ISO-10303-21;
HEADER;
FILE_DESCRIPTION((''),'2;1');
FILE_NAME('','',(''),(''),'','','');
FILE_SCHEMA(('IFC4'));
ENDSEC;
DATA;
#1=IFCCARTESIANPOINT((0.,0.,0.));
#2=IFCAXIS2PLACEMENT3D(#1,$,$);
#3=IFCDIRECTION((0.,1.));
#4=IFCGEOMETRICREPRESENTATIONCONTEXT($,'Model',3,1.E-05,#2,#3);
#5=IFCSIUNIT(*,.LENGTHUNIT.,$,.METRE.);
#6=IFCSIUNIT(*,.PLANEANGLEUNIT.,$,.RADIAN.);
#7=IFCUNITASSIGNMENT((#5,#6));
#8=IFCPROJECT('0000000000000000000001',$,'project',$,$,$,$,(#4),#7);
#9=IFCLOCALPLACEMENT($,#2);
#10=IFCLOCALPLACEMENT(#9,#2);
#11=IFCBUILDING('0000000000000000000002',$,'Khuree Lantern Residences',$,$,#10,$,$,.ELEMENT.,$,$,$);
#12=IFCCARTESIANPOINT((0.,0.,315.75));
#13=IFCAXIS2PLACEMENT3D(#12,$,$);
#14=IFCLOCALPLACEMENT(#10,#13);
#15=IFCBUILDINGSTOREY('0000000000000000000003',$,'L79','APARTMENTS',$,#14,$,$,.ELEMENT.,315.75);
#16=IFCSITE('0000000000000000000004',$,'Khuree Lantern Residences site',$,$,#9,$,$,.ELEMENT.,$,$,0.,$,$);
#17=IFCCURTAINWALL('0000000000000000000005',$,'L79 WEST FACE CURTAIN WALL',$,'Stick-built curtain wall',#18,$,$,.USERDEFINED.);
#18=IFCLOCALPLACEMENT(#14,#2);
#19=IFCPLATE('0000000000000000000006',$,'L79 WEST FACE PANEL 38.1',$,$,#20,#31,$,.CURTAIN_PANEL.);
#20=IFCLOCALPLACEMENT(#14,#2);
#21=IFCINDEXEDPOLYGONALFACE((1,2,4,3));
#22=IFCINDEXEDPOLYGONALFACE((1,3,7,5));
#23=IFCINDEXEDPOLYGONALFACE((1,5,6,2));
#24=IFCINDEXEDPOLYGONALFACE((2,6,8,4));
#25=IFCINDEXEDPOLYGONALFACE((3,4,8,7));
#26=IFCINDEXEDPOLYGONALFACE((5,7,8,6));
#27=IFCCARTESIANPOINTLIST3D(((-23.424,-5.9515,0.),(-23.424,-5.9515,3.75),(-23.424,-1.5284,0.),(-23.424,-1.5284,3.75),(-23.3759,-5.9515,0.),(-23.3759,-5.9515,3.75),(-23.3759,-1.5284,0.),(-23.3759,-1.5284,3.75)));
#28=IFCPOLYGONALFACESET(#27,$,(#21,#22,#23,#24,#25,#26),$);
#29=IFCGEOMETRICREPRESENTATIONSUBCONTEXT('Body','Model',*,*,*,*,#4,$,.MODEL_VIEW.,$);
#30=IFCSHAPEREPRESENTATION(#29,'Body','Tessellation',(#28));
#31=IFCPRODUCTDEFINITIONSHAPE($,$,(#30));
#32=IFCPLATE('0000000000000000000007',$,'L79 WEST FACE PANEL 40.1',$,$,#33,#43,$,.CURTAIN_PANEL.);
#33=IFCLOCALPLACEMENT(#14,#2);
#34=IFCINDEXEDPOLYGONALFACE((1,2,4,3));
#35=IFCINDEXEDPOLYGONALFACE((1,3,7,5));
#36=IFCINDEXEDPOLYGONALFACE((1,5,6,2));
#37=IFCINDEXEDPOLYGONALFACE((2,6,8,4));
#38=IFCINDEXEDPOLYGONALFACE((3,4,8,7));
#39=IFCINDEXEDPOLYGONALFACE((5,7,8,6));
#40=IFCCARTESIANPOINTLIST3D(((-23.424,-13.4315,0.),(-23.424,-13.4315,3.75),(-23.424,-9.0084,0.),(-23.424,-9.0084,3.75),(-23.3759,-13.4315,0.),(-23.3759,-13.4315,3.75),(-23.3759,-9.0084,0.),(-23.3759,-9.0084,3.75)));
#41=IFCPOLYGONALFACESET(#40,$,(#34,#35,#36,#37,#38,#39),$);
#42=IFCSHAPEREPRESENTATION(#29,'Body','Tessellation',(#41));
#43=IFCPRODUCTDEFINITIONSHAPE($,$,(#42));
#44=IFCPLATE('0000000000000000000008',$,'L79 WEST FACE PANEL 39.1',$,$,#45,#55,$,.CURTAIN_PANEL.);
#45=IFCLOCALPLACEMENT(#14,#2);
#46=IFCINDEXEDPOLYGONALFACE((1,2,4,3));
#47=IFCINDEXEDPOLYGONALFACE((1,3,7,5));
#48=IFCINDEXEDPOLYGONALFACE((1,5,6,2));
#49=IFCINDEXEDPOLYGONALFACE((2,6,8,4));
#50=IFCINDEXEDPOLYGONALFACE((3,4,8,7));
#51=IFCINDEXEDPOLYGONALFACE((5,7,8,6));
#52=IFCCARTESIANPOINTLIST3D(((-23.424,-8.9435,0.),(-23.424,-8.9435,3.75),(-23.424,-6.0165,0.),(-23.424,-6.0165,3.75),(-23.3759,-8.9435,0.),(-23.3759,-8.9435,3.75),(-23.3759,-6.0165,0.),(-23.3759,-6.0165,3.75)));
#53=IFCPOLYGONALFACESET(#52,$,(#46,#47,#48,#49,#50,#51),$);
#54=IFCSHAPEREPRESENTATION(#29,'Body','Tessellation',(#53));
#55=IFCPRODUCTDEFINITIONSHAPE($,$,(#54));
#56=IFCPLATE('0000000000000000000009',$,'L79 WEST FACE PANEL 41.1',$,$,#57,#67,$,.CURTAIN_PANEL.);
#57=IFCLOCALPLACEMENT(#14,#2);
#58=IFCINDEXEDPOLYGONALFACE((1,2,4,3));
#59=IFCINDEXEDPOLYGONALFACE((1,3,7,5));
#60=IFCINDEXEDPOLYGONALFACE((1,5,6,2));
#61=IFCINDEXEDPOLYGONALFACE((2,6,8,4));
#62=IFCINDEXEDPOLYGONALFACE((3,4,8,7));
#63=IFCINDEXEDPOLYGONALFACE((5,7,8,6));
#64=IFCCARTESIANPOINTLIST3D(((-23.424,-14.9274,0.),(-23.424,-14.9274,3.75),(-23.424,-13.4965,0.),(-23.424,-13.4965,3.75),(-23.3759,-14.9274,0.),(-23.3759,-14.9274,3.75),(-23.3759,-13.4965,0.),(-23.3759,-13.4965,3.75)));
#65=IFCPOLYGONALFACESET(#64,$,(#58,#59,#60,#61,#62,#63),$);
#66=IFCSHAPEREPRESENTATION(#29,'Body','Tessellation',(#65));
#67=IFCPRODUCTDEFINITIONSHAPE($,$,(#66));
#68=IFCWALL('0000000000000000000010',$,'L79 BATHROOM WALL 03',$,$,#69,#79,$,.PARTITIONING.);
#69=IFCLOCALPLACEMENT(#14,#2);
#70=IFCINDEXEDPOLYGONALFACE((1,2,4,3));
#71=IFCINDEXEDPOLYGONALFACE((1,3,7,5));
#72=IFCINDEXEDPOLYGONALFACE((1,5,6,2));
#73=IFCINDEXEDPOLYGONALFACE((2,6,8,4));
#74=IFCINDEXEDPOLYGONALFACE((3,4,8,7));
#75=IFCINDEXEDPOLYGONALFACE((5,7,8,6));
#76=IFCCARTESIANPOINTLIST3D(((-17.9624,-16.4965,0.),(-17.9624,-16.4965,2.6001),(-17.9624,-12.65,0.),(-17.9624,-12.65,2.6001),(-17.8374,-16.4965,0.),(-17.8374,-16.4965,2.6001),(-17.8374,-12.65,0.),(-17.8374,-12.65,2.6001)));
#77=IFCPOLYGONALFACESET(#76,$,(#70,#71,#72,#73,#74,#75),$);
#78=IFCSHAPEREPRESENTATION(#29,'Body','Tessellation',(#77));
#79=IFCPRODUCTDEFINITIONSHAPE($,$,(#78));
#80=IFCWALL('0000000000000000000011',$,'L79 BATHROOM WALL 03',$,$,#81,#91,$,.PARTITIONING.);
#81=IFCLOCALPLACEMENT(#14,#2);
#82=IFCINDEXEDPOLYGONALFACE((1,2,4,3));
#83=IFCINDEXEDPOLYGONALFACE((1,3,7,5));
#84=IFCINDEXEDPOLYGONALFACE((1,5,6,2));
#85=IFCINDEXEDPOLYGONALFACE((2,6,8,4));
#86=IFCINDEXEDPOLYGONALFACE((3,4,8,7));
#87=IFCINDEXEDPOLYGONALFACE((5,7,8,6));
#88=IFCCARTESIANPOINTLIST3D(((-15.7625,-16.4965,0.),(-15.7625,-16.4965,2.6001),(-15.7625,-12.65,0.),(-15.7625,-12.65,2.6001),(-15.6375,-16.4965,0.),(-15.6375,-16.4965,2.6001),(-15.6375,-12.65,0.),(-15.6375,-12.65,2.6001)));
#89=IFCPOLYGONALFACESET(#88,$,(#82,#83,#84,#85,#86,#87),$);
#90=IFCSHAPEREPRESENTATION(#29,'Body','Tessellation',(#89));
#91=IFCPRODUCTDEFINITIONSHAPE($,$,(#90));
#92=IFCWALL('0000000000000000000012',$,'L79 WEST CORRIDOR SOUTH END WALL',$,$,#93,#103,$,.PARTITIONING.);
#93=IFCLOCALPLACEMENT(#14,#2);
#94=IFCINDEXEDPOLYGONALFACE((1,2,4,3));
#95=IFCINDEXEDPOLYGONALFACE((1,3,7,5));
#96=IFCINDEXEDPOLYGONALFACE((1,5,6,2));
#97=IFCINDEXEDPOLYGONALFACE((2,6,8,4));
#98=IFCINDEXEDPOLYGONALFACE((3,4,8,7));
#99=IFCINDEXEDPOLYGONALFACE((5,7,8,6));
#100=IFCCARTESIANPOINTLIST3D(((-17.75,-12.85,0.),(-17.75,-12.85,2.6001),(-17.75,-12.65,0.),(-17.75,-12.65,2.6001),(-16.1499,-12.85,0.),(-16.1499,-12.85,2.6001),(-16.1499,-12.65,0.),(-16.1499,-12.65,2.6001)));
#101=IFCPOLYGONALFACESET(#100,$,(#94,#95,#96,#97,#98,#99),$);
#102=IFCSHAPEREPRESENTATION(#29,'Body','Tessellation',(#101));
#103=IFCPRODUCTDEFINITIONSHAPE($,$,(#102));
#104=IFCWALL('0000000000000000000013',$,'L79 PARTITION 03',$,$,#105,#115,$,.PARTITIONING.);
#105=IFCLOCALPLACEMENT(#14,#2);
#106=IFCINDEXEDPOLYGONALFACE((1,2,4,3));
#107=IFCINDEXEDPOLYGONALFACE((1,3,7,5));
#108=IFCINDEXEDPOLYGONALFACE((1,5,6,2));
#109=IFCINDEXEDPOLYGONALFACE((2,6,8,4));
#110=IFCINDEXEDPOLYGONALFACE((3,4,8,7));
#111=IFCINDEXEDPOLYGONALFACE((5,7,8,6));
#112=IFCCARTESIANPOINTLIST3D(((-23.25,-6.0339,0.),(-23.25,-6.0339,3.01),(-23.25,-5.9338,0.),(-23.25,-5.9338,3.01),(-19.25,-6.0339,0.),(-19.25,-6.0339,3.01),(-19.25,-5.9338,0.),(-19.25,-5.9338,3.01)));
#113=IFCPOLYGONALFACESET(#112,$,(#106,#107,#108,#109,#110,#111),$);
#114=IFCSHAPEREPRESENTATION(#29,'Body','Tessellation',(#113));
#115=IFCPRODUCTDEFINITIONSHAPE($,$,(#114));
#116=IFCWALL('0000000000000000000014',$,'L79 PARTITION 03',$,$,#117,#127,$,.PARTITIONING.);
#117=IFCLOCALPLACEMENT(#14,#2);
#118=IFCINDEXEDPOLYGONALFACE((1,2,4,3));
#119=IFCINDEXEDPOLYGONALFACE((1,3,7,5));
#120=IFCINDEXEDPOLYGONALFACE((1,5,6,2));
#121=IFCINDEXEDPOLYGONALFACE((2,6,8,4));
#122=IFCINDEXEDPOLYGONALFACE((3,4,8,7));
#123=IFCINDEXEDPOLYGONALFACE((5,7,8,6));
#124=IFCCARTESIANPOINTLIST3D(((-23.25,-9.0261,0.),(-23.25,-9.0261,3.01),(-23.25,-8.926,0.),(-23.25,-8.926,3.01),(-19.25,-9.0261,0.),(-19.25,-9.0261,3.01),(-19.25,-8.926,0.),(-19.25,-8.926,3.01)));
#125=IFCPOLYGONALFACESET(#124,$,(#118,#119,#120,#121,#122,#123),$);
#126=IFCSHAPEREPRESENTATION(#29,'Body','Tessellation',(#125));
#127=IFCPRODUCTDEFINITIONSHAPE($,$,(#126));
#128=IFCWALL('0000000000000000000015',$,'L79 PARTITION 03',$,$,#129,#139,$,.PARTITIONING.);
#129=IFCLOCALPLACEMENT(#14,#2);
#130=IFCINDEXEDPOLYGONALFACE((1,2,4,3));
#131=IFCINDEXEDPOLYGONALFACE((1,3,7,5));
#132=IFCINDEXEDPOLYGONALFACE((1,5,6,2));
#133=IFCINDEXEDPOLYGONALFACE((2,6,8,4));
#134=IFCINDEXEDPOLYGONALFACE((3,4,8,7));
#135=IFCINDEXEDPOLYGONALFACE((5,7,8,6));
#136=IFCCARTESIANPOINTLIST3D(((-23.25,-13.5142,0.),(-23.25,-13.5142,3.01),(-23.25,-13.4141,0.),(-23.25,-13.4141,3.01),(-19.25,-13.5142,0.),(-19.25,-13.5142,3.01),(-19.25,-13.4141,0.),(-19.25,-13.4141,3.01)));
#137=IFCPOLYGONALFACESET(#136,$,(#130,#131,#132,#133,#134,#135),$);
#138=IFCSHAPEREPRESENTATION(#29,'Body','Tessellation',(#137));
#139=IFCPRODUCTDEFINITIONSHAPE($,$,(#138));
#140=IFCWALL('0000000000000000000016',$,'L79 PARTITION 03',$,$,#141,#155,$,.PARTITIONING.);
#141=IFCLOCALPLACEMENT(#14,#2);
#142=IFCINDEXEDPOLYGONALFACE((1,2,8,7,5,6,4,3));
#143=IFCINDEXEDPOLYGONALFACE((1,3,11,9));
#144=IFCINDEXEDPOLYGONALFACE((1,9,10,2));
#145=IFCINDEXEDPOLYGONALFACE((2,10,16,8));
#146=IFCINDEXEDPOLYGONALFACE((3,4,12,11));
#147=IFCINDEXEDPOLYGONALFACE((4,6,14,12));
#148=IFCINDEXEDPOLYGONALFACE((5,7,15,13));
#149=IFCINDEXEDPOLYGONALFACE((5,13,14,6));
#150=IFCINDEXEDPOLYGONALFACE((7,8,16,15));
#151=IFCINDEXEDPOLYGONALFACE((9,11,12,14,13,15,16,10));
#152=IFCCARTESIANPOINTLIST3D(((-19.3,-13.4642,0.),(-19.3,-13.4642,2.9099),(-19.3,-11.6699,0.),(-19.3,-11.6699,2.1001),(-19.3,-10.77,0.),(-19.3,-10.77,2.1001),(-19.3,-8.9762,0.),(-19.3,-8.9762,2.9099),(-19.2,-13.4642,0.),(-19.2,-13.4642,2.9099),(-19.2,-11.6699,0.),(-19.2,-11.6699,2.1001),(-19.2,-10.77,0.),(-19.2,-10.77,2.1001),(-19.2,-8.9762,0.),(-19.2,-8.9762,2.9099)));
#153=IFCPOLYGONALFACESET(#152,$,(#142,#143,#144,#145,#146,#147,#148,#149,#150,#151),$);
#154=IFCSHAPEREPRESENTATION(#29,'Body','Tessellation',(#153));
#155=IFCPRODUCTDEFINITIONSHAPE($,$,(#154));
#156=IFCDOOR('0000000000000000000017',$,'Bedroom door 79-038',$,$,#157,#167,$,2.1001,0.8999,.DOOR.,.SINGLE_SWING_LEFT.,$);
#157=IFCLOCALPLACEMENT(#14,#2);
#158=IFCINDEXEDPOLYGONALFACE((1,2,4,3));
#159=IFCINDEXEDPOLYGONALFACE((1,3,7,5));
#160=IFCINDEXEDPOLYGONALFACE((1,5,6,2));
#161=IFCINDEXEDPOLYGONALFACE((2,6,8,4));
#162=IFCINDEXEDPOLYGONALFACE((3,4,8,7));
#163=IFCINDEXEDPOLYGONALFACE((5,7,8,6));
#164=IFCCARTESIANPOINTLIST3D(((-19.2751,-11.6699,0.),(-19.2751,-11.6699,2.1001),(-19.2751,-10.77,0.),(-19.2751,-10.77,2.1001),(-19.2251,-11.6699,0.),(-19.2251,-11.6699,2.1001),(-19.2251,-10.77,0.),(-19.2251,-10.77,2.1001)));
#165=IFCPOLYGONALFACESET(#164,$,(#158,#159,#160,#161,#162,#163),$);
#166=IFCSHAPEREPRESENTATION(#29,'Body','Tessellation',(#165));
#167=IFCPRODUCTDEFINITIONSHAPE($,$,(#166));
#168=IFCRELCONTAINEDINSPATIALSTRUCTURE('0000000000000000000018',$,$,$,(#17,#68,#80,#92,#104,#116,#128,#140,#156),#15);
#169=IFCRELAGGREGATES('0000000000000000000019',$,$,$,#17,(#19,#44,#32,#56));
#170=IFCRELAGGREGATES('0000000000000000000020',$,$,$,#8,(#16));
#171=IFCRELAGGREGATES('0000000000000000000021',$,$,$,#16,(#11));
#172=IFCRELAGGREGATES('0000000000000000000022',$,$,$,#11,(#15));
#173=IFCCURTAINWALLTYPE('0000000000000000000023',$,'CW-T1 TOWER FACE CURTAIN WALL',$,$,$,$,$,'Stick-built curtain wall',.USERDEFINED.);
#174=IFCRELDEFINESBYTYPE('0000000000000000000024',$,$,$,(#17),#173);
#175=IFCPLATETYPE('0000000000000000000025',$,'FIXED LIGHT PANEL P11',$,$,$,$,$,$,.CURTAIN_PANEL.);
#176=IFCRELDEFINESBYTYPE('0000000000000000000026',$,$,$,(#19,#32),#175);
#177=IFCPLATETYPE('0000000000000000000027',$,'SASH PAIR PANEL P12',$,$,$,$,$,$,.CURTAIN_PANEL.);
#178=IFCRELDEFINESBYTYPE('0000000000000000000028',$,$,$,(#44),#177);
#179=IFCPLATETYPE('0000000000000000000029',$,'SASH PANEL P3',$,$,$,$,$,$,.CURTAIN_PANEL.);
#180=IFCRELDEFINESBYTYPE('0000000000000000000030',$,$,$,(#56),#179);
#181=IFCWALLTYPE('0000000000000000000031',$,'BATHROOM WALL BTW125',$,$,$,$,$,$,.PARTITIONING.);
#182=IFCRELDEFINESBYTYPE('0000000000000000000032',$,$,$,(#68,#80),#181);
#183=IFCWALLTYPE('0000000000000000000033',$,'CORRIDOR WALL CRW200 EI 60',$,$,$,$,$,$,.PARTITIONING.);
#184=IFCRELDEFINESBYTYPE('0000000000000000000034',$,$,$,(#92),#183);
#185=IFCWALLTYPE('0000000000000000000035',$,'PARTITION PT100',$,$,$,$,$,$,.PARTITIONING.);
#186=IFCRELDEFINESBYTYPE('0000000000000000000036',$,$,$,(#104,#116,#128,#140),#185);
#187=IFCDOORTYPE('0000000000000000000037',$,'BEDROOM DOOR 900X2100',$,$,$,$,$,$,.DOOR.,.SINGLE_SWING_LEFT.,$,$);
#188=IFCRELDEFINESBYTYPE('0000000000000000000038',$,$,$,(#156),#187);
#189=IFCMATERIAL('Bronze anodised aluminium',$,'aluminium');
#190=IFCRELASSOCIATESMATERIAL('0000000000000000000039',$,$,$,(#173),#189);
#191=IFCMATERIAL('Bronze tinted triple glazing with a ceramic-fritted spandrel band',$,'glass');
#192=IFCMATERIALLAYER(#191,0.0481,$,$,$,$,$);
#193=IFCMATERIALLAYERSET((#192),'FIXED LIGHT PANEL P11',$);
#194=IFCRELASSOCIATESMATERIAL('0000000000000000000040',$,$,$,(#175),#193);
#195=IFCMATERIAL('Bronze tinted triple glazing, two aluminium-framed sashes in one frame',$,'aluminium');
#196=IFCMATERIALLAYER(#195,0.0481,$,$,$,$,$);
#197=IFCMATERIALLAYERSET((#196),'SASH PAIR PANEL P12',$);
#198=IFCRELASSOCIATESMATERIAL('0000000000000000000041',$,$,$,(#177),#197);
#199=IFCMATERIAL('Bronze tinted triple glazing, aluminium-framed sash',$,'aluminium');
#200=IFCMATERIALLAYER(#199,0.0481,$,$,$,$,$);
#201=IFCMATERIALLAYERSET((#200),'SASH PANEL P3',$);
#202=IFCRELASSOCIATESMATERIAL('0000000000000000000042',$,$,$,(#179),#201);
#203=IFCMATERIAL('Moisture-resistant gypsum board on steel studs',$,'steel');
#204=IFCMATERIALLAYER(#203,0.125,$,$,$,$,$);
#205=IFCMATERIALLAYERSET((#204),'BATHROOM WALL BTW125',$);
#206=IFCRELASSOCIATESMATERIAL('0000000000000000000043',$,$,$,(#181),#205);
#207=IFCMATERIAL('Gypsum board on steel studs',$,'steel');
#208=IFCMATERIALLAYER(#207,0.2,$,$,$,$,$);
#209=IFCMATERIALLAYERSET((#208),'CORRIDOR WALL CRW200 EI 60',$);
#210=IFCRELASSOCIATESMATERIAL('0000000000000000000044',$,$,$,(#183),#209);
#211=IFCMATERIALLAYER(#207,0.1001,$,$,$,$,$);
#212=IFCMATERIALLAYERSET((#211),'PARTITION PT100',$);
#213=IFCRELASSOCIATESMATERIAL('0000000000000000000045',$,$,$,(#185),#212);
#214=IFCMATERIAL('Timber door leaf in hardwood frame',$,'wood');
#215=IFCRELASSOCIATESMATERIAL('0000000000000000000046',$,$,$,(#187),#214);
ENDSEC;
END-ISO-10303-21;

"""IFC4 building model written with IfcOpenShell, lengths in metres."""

from ifc_helpers import new_model, si_unit, direction, frame, frame_2d, origin, origin_2d, place, context, subcontext, project, spatial, rectangle, extrude, material, layer, layer_set, type_object, element, fill, aggregate, save


model = new_model("IFC4")

# Units and contexts
model_context = context("Model", 3, precision=1e-05, world=origin(), true_north=direction((0.0, 1.0)))
body_context = subcontext(model_context, "Body", "Model", "MODEL_VIEW")
ifc_project = project(units=[si_unit("LENGTHUNIT", "METRE"), si_unit("PLANEANGLEUNIT", "RADIAN")], contexts=[model_context])

# Site, building, storey
site_placement = place(None, origin())
site = spatial("IfcSite", under=ifc_project, at=site_placement, Name="Khuree Lantern Residences site", CompositionType="ELEMENT", RefElevation=0.0)
building_placement = place(site_placement, origin())
building = spatial("IfcBuilding", under=site, at=building_placement, Name="Khuree Lantern Residences", CompositionType="ELEMENT")
storey_placement = place(building_placement, frame((0.0, 0.0, 315.75)))
storey = spatial("IfcBuildingStorey", under=building, at=storey_placement, Name="L79", Description="APARTMENTS", CompositionType="ELEMENT", Elevation=315.75)

# Curtain wall
ifc_material_1 = material(Name="Bronze anodised aluminium", Category="aluminium")
curtain_wall_type = type_object("IfcCurtainWallType", Name="CW-T1 TOWER FACE CURTAIN WALL", ElementType="Stick-built curtain wall", PredefinedType="USERDEFINED", material=ifc_material_1)
curtain_wall_placement = place(storey_placement, origin())
curtain_wall = element("IfcCurtainWall", 1, at=curtain_wall_placement, inside=storey, type_object=curtain_wall_type, Name="L79 WEST FACE CURTAIN WALL", ObjectType="Stick-built curtain wall", PredefinedType="USERDEFINED")

# Plates
ifc_material_2 = material(Name="Bronze tinted triple glazing with a ceramic-fritted spandrel band", Category="glass")
ifc_layer_1 = layer(ifc_material_2, 0.0481)
ifc_layer_set_1 = layer_set([ifc_layer_1], Name="FIXED LIGHT PANEL P11")
plate_type_1 = type_object("IfcPlateType", Name="FIXED LIGHT PANEL P11", PredefinedType="CURTAIN_PANEL", material=ifc_layer_set_1)
plate_1_placement = place(storey_placement, frame((-23.3999, -3.74, 0.0), z_axis=(0.0, 0.0, 1.0), x_axis=(0.0, -1.0, 0.0)))
plate_1 = element("IfcPlate", 2, at=plate_1_placement, type_object=plate_type_1, Name="L79 WEST FACE PANEL 38.1", PredefinedType="CURTAIN_PANEL", context=body_context, shape_type="SweptSolid", body=[
    extrude(rectangle(XDim=4.4231, YDim=0.0481, at=origin_2d()), origin(), (0.0, 0.0, 1.0), 3.75),
])
plate_2_placement = place(storey_placement, frame((-23.3999, -11.22, 0.0), z_axis=(0.0, 0.0, 1.0), x_axis=(0.0, -1.0, 0.0)))
plate_2 = element("IfcPlate", 3, at=plate_2_placement, type_object=plate_type_1, Name="L79 WEST FACE PANEL 40.1", PredefinedType="CURTAIN_PANEL", context=body_context, shape_type="SweptSolid", body=[
    extrude(rectangle(XDim=4.4231, YDim=0.0481, at=origin_2d()), origin(), (0.0, 0.0, 1.0), 3.75),
])
ifc_material_3 = material(Name="Bronze tinted triple glazing, two aluminium-framed sashes in one frame", Category="aluminium")
ifc_layer_2 = layer(ifc_material_3, 0.0481)
ifc_layer_set_2 = layer_set([ifc_layer_2], Name="SASH PAIR PANEL P12")
plate_type_2 = type_object("IfcPlateType", Name="SASH PAIR PANEL P12", PredefinedType="CURTAIN_PANEL", material=ifc_layer_set_2)
plate_3_placement = place(storey_placement, frame((-23.3999, -7.48, 0.0), z_axis=(0.0, 0.0, 1.0), x_axis=(0.0, -1.0, 0.0)))
plate_3 = element("IfcPlate", 4, at=plate_3_placement, type_object=plate_type_2, Name="L79 WEST FACE PANEL 39.1", PredefinedType="CURTAIN_PANEL", context=body_context, shape_type="SweptSolid", body=[
    extrude(rectangle(XDim=2.927, YDim=0.0481, at=origin_2d()), origin(), (0.0, 0.0, 1.0), 3.75),
])
ifc_material_4 = material(Name="Bronze tinted triple glazing, aluminium-framed sash", Category="aluminium")
ifc_layer_3 = layer(ifc_material_4, 0.0481)
ifc_layer_set_3 = layer_set([ifc_layer_3], Name="SASH PANEL P3")
plate_type_3 = type_object("IfcPlateType", Name="SASH PANEL P3", PredefinedType="CURTAIN_PANEL", material=ifc_layer_set_3)
plate_4_placement = place(storey_placement, frame((-23.3999, -14.2119, 0.0), z_axis=(0.0, 0.0, 1.0), x_axis=(0.0, -1.0, 0.0)))
plate_4 = element("IfcPlate", 5, at=plate_4_placement, type_object=plate_type_3, Name="L79 WEST FACE PANEL 41.1", PredefinedType="CURTAIN_PANEL", context=body_context, shape_type="SweptSolid", body=[
    extrude(rectangle(XDim=1.4309, YDim=0.0481, at=origin_2d()), origin(), (0.0, 0.0, 1.0), 3.75),
])
aggregate(curtain_wall, [plate_1, plate_3, plate_2, plate_4])

# Walls
ifc_material_5 = material(Name="Moisture-resistant gypsum board on steel studs", Category="steel")
ifc_layer_4 = layer(ifc_material_5, 0.125)
ifc_layer_set_4 = layer_set([ifc_layer_4], Name="BATHROOM WALL BTW125")
wall_type_1 = type_object("IfcWallType", Name="BATHROOM WALL BTW125", PredefinedType="PARTITIONING", material=ifc_layer_set_4)
for number, where, z_axis, x_axis, name in (
    (6, (-17.8999, -12.6499, 0.0), (0.0, 0.0, 1.0), (0.0, -1.0, 0.0), "L79 BATHROOM WALL 03"),
    (7, (-15.7, -12.6499, 0.0), (0.0, 0.0, 1.0), (0.0, -1.0, 0.0), "L79 BATHROOM WALL 03"),
):
    element("IfcWall", number, at=place(storey_placement, frame(where, z_axis=z_axis, x_axis=x_axis)), inside=storey, type_object=wall_type_1, Name=name, PredefinedType="PARTITIONING", context=body_context, shape_type="SweptSolid", body=[
        extrude(rectangle(XDim=3.8464, YDim=0.125, at=frame_2d((1.9233, 0.0))), origin(), (0.0, 0.0, 1.0), 2.6001),
    ])
ifc_material_6 = material(Name="Gypsum board on steel studs", Category="steel")
ifc_layer_5 = layer(ifc_material_6, 0.2)
ifc_layer_set_5 = layer_set([ifc_layer_5], Name="CORRIDOR WALL CRW200 EI 60")
wall_type_2 = type_object("IfcWallType", Name="CORRIDOR WALL CRW200 EI 60", PredefinedType="PARTITIONING", material=ifc_layer_set_5)
wall_1_placement = place(storey_placement, frame((-16.1499, -12.75, 0.0), z_axis=(0.0, 0.0, 1.0), x_axis=(-1.0, 0.0, 0.0)))
element("IfcWall", 8, at=wall_1_placement, inside=storey, type_object=wall_type_2, Name="L79 WEST CORRIDOR SOUTH END WALL", PredefinedType="PARTITIONING", context=body_context, shape_type="SweptSolid", body=[
    extrude(rectangle(XDim=1.6001, YDim=0.2, at=frame_2d((0.8, 0.0))), origin(), (0.0, 0.0, 1.0), 2.6001),
])
ifc_layer_6 = layer(ifc_material_6, 0.1001)
ifc_layer_set_6 = layer_set([ifc_layer_6], Name="PARTITION PT100")
wall_type_3 = type_object("IfcWallType", Name="PARTITION PT100", PredefinedType="PARTITIONING", material=ifc_layer_set_6)
for number, where, z_axis, x_axis, name in (
    (9, (-19.25, -5.9839, 0.0), (0.0, 0.0, 1.0), (-1.0, 0.0, 0.0), "L79 PARTITION 03"),
    (10, (-19.25, -8.9761, 0.0), (0.0, 0.0, 1.0), (-1.0, 0.0, 0.0), "L79 PARTITION 03"),
    (11, (-19.25, -13.4641, 0.0), (0.0, 0.0, 1.0), (-1.0, 0.0, 0.0), "L79 PARTITION 03"),
):
    element("IfcWall", number, at=place(storey_placement, frame(where, z_axis=z_axis, x_axis=x_axis)), inside=storey, type_object=wall_type_3, Name=name, PredefinedType="PARTITIONING", context=body_context, shape_type="SweptSolid", body=[
        extrude(rectangle(XDim=4.0, YDim=0.1001, at=frame_2d((2.0, 0.0))), origin(), (0.0, 0.0, 1.0), 3.01),
    ])

# Wall, opening, door
wall_2_placement = place(storey_placement, frame((-19.25, -8.9761, 0.0), z_axis=(0.0, 0.0, 1.0), x_axis=(0.0, -1.0, 0.0)))
wall_2 = element("IfcWall", 12, at=wall_2_placement, inside=storey, type_object=wall_type_3, Name="L79 PARTITION 03", PredefinedType="PARTITIONING", context=body_context, shape_type="SweptSolid", body=[
    extrude(rectangle(XDim=4.488, YDim=0.1001, at=frame_2d((2.2441, 0.0))), origin(), (0.0, 0.0, 1.0), 2.9099),
])
opening_placement = place(wall_2_placement, frame((1.7939, 0.0, 0.0)))
opening = element("IfcOpeningElement", 13, at=opening_placement, cuts=wall_2, PredefinedType="OPENING", context=body_context, shape_type="SweptSolid", body=[
    extrude(rectangle(XDim=0.8999, YDim=2.1001, at=frame_2d((0.45, 1.05))), frame((0.0, 0.0601, 0.0), z_axis=(0.0, -1.0, 0.0), x_axis=(1.0, 0.0, 0.0)), (0.0, 0.0, 1.0), 0.1201),
])
ifc_material_7 = material(Name="Timber door leaf in hardwood frame", Category="wood")
door_type = type_object("IfcDoorType", Name="BEDROOM DOOR 900X2100", OperationType="SINGLE_SWING_LEFT", PredefinedType="DOOR", material=ifc_material_7)
door_placement = place(opening_placement, origin())
door = element("IfcDoor", 14, at=door_placement, inside=storey, type_object=door_type, Name="Bedroom door 79-038", OperationType="SINGLE_SWING_LEFT", OverallHeight=2.1001, OverallWidth=0.8999, PredefinedType="DOOR", context=body_context, shape_type="SweptSolid", body=[
    extrude(rectangle(XDim=0.8999, YDim=2.1001, at=frame_2d((0.45, 1.05))), frame((0.0, 0.0249, 0.0), z_axis=(0.0, -1.0, 0.0), x_axis=(1.0, 0.0, 0.0)), (0.0, 0.0, 1.0), 0.05),
])
fill(opening, door)

save(model, "model.ifc")
